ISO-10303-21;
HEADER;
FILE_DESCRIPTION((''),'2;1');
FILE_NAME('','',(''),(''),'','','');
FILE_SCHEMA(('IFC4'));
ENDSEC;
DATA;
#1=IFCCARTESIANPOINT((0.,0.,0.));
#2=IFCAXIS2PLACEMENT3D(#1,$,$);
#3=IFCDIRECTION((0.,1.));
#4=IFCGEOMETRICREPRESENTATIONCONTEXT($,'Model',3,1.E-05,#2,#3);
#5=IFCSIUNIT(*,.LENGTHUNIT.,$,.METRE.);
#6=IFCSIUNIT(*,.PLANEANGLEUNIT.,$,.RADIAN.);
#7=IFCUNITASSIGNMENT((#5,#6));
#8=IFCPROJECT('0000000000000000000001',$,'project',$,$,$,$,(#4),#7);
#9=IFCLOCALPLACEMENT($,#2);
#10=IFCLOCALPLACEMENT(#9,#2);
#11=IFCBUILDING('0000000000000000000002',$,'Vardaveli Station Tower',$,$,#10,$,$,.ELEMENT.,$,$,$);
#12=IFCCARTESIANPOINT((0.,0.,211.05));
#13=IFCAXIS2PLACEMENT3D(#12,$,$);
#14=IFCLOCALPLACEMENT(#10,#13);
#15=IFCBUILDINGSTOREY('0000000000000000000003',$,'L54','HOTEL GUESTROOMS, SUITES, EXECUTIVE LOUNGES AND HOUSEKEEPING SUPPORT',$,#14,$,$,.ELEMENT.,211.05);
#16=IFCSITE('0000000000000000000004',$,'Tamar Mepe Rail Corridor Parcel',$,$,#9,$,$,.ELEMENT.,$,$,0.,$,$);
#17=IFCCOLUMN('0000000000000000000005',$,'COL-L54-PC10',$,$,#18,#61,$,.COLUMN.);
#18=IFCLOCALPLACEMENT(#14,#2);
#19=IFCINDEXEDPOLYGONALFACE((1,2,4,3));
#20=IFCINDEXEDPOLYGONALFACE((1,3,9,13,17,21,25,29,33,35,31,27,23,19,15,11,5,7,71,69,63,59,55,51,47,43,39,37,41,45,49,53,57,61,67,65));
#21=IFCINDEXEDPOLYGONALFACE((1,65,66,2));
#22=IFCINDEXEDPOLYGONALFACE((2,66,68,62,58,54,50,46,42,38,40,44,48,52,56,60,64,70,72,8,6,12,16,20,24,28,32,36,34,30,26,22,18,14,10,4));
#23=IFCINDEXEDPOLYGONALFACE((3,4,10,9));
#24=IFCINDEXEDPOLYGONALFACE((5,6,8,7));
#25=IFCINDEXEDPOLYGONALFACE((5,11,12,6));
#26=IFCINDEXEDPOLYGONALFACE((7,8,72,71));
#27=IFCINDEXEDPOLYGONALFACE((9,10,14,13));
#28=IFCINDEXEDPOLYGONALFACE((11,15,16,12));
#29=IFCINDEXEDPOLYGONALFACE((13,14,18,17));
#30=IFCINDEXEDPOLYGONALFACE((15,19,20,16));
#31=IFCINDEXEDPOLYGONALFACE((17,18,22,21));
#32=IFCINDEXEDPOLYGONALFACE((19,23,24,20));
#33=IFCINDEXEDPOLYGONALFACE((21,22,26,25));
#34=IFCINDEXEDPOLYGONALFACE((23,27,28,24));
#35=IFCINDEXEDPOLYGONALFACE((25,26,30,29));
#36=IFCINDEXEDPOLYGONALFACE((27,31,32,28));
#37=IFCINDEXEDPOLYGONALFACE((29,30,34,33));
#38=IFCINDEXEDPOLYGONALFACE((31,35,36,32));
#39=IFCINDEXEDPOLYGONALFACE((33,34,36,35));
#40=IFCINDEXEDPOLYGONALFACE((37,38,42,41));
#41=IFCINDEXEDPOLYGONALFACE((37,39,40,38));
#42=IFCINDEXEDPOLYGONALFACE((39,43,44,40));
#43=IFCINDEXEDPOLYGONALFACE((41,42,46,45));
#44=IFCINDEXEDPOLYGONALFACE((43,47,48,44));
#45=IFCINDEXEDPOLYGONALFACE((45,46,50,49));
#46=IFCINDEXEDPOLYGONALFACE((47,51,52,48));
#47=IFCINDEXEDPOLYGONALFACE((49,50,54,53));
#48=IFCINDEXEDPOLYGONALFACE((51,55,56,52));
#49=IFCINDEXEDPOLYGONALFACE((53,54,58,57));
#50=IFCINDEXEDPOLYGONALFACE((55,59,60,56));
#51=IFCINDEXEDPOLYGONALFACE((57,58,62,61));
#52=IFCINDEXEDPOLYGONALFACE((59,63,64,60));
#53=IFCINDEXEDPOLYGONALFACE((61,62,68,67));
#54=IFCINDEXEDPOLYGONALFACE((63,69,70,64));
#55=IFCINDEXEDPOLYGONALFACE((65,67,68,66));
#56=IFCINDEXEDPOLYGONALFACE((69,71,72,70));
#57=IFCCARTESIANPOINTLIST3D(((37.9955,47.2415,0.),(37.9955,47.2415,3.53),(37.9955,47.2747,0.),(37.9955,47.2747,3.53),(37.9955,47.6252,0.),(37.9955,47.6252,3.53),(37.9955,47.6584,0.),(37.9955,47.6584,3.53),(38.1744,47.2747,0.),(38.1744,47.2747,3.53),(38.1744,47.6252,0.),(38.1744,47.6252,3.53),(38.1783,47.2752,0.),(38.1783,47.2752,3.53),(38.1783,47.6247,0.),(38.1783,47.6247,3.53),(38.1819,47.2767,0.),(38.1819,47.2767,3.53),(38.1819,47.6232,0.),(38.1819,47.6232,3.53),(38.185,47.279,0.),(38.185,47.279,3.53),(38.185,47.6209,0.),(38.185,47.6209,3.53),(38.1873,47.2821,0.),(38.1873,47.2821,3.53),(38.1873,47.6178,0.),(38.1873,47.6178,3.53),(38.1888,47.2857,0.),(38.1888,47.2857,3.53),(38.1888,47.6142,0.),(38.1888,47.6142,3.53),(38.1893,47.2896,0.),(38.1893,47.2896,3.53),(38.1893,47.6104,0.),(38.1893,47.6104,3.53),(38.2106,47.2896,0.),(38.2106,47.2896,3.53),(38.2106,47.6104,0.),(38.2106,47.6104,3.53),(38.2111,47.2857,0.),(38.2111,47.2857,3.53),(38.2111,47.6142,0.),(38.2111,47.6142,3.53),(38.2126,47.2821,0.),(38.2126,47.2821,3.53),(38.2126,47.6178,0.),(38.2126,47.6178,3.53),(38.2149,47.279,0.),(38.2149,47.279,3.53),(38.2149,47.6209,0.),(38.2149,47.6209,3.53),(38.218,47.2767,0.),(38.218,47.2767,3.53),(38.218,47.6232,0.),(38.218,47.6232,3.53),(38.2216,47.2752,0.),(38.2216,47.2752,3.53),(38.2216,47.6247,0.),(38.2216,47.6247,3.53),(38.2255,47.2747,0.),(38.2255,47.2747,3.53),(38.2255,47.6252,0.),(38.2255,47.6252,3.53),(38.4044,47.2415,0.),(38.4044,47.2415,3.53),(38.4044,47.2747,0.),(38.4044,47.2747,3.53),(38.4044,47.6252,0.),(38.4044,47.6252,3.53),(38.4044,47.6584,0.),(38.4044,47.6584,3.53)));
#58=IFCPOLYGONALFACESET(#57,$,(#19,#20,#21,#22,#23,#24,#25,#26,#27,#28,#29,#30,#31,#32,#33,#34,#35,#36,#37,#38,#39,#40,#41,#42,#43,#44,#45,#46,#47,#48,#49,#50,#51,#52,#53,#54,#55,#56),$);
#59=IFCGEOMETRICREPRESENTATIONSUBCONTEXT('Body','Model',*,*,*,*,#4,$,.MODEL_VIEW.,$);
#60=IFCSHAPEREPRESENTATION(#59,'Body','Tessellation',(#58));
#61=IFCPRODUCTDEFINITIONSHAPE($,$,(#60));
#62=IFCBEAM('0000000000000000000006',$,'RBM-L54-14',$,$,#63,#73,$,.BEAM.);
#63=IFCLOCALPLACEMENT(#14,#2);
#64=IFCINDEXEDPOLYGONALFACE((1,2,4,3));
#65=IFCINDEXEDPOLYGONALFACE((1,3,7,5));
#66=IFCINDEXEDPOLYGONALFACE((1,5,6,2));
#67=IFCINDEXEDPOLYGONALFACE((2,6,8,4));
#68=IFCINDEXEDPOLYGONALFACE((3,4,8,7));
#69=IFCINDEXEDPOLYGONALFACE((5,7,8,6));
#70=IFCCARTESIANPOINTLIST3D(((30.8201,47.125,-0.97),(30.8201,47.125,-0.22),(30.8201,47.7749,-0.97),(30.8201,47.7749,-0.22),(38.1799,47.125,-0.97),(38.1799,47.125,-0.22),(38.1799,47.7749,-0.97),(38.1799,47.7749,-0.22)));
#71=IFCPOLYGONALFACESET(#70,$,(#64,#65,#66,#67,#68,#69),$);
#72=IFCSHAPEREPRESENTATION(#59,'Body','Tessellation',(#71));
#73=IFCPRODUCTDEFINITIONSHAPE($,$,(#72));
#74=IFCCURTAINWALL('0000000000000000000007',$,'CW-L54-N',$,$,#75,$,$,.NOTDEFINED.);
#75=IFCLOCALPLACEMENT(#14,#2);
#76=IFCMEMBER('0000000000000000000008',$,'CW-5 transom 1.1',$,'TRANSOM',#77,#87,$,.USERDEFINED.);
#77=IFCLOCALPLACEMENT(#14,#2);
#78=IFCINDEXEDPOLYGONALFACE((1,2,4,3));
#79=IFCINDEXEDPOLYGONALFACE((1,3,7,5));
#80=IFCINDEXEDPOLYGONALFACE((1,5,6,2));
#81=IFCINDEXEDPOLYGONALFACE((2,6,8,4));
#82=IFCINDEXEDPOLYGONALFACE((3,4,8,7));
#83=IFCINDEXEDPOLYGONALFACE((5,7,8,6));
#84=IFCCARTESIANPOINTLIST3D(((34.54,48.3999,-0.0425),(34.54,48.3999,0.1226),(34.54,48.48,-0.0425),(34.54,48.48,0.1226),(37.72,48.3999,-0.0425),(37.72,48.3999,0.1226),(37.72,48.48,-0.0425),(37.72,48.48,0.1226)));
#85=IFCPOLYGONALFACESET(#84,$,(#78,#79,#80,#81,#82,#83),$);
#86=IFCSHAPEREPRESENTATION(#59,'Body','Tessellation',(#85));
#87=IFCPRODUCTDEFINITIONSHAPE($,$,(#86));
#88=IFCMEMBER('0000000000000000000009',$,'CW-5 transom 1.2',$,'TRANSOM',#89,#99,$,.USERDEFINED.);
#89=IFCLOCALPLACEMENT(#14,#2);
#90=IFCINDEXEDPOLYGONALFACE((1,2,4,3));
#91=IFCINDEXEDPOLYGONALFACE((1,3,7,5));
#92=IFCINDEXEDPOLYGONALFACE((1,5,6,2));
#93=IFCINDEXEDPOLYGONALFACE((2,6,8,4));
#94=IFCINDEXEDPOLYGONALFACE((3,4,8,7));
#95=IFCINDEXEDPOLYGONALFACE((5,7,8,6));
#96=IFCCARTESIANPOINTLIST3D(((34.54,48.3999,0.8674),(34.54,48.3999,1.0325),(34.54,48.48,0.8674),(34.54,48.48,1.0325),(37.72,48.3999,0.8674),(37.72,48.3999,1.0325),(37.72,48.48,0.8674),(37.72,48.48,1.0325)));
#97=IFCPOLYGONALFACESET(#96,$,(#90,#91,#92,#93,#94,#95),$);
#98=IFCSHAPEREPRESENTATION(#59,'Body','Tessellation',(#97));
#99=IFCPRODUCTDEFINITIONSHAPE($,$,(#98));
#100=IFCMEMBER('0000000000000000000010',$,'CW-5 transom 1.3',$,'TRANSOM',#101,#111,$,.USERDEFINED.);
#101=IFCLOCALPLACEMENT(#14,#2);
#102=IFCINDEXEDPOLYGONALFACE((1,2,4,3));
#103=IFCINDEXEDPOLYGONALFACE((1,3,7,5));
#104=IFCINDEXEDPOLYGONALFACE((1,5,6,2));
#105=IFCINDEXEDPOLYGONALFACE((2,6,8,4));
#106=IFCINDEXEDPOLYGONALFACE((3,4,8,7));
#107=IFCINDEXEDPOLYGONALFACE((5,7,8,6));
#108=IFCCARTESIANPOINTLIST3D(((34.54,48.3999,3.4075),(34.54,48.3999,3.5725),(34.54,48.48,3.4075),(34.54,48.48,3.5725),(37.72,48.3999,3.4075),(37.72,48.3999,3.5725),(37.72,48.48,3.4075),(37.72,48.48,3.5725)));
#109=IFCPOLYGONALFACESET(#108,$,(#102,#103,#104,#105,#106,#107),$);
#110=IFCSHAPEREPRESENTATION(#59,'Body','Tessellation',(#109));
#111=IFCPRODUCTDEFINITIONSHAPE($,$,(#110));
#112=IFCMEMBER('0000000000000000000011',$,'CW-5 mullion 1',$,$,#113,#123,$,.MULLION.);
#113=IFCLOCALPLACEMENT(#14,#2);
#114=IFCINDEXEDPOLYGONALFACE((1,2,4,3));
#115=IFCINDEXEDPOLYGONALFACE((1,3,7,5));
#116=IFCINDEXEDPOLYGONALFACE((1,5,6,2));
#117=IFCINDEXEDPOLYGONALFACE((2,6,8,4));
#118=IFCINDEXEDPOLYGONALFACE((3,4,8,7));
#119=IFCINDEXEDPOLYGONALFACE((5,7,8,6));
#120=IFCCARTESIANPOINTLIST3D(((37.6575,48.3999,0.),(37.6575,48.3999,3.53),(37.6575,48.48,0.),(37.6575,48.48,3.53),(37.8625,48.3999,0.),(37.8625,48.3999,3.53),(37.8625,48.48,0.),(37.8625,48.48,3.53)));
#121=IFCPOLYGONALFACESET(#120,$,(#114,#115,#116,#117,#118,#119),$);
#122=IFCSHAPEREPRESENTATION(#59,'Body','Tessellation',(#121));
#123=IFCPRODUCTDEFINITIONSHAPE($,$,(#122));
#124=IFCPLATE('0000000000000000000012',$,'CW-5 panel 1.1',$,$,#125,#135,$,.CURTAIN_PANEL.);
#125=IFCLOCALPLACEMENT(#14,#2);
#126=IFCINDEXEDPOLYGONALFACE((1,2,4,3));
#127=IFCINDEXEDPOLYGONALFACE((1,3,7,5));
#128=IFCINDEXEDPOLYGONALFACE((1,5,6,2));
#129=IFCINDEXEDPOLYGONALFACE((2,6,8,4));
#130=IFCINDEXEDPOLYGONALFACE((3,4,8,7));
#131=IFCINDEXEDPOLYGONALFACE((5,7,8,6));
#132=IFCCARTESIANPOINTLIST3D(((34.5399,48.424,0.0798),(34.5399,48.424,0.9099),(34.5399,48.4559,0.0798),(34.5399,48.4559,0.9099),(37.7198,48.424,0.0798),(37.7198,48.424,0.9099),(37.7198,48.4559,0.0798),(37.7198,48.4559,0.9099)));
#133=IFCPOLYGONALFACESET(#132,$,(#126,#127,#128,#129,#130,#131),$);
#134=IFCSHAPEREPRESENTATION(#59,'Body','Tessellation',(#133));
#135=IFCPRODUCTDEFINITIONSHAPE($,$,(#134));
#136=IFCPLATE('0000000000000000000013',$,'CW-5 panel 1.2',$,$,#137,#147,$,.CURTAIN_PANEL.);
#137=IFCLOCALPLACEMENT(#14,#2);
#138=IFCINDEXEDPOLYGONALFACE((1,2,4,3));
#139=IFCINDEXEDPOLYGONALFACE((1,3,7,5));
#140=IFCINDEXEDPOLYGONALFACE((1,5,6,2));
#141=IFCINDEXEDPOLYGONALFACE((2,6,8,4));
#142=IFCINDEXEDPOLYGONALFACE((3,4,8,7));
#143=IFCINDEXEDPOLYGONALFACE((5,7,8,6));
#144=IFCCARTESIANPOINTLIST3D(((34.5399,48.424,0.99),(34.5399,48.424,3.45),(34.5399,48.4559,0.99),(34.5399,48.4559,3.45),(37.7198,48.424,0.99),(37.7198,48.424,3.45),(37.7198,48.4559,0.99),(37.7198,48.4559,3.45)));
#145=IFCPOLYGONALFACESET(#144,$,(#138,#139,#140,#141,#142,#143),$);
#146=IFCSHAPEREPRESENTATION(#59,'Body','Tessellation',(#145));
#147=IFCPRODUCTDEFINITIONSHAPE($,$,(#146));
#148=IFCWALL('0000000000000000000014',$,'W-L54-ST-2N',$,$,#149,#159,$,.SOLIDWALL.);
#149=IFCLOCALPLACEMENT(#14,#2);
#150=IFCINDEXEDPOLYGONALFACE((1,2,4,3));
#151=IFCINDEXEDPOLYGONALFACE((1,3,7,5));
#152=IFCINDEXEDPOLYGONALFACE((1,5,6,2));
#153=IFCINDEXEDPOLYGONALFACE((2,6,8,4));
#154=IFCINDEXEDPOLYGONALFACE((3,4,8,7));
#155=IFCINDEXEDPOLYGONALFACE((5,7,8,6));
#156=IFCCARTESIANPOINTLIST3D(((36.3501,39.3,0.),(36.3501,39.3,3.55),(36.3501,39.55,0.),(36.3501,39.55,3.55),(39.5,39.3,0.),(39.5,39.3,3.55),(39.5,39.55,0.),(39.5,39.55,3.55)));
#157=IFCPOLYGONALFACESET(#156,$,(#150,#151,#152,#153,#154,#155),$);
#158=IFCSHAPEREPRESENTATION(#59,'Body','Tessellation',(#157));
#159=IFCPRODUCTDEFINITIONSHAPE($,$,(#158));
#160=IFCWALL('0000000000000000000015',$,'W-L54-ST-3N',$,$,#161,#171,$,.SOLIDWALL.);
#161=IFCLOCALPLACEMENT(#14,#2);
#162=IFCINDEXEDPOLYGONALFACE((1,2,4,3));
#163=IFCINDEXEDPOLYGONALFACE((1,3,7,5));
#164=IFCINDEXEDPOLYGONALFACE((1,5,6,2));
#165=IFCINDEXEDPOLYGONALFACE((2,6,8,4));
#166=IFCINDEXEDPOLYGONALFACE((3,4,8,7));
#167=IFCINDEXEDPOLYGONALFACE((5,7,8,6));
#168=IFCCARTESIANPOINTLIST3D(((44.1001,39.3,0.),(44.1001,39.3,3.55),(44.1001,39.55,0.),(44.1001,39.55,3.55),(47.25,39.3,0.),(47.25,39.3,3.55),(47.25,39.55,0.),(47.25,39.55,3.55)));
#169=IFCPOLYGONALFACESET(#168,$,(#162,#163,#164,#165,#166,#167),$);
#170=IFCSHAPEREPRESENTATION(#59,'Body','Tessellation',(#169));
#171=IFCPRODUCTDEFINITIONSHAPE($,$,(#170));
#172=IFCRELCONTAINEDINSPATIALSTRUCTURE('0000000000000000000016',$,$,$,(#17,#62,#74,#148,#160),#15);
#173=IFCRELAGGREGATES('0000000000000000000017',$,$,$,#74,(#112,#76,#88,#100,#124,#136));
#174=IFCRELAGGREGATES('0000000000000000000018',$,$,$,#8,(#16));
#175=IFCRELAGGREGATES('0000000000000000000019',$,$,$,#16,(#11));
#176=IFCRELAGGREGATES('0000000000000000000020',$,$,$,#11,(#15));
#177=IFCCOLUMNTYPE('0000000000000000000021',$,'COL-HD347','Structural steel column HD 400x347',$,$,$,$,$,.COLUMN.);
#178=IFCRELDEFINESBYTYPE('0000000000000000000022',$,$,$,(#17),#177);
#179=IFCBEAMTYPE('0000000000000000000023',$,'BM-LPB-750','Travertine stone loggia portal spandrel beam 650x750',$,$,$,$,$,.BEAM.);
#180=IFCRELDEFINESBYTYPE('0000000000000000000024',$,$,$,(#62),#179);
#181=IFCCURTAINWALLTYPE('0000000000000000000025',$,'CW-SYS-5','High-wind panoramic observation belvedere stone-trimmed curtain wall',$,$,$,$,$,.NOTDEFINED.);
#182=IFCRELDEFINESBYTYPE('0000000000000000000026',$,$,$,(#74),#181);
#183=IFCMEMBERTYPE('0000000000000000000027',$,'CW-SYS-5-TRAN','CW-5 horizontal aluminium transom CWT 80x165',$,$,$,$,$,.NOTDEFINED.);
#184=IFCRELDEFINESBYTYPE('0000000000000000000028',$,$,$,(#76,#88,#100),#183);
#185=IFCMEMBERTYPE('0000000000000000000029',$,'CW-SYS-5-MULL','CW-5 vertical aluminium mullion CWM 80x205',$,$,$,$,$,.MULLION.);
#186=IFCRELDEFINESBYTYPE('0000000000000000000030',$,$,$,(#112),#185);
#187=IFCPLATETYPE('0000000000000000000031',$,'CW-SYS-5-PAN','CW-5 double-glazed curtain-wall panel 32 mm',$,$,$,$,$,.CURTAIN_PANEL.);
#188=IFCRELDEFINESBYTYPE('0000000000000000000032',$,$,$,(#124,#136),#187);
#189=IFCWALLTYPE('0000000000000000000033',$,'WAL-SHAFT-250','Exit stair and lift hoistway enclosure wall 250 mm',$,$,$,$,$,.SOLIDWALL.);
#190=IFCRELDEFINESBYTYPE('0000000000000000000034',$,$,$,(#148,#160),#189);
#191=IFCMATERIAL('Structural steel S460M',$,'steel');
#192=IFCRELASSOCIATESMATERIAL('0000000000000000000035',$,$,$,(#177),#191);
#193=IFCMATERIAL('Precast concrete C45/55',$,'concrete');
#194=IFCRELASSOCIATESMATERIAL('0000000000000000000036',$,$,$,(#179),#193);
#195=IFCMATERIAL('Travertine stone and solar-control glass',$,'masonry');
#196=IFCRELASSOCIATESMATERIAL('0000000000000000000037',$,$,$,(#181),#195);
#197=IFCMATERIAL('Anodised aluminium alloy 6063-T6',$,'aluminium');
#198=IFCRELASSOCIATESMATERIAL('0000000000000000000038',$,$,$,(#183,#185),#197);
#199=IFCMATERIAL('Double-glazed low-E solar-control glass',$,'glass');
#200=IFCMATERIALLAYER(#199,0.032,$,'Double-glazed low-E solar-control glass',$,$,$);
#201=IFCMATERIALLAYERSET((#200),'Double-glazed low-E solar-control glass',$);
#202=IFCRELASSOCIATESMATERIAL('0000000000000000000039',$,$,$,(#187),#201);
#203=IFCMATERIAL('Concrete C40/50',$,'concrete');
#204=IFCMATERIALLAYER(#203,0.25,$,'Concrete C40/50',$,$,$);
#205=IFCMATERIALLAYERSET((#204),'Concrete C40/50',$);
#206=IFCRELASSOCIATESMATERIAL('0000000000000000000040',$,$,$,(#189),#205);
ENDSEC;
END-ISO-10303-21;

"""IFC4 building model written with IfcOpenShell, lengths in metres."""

from ifc_helpers import new_model, si_unit, direction, frame, frame_2d, origin, origin_2d, place, context, subcontext, project, spatial, rectangle, i_section, extrude, source, transform, mapped, material, layer, layer_set, material_profile, profile_set, type_object, element, aggregate, save


model = new_model("IFC4")

# Units and contexts
model_context = context("Model", 3, precision=1e-05, world=origin(), true_north=direction((0.0, 1.0)))
body_context = subcontext(model_context, "Body", "Model", "MODEL_VIEW")
ifc_project = project(units=[si_unit("LENGTHUNIT", "METRE"), si_unit("PLANEANGLEUNIT", "RADIAN")], contexts=[model_context])

# Site, building, storey
site_placement = place(None, origin())
site = spatial("IfcSite", under=ifc_project, at=site_placement, Name="Tamar Mepe Rail Corridor Parcel", CompositionType="ELEMENT", RefElevation=0.0)
building_placement = place(site_placement, origin())
building = spatial("IfcBuilding", under=site, at=building_placement, Name="Vardaveli Station Tower", CompositionType="ELEMENT")
storey_placement = place(building_placement, frame((0.0, 0.0, 211.05)))
storey = spatial("IfcBuildingStorey", under=building, at=storey_placement, Name="L54", Description="HOTEL GUESTROOMS, SUITES, EXECUTIVE LOUNGES AND HOUSEKEEPING SUPPORT", CompositionType="ELEMENT", Elevation=211.05)

# Column
ifc_material_1 = material(Name="Structural steel S460M", Category="steel")
ifc_material_profile_1 = material_profile(ifc_material_1, i_section(OverallWidth=0.4089, OverallDepth=0.417, WebThickness=0.0212, FlangeThickness=0.0332, FilletRadius=0.0149, at=origin_2d()), Name="HD 400x347")
ifc_profile_set_1 = profile_set([ifc_material_profile_1], Name="Structural steel S460M")
column_type = type_object("IfcColumnType", Name="COL-HD347", Description="Structural steel column HD 400x347", PredefinedType="COLUMN", material=ifc_profile_set_1)
shared_shape_1 = source(origin(), body_context, "Body", "SweptSolid", [
    extrude(i_section(OverallWidth=0.4089, OverallDepth=0.417, WebThickness=0.0212, FlangeThickness=0.0332, FilletRadius=0.0149, at=origin_2d()), origin(), (0.0, 0.0, 1.0), 3.53),
])
column_placement = place(storey_placement, frame((38.2, 47.45, 0.0), z_axis=(0.0, 0.0, 1.0), x_axis=(1.0, 0.0, 0.0)))
element("IfcColumn", 1, at=column_placement, inside=storey, type_object=column_type, Name="COL-L54-PC10", PredefinedType="COLUMN", context=body_context, shape_type="MappedRepresentation", body=[
    mapped(shared_shape_1, transform((0.0, 0.0, 0.0), scale=1.0)),
])

# Beam
ifc_material_2 = material(Name="Precast concrete C45/55", Category="concrete")
ifc_material_profile_2 = material_profile(ifc_material_2, rectangle(XDim=0.6499, YDim=0.75, at=origin_2d()), Name="LPB 650x750")
ifc_profile_set_2 = profile_set([ifc_material_profile_2], Name="Precast concrete C45/55")
beam_type = type_object("IfcBeamType", Name="BM-LPB-750", Description="Travertine stone loggia portal spandrel beam 650x750", PredefinedType="BEAM", material=ifc_profile_set_2)
shared_shape_2 = source(origin(), body_context, "Body", "SweptSolid", [
    extrude(rectangle(XDim=0.6499, YDim=0.75, at=origin_2d()), origin(), (0.0, 0.0, 1.0), 7.3599),
])
beam_placement = place(storey_placement, frame((38.1799, 47.45, -0.595), z_axis=(-1.0, 0.0, 0.0), x_axis=(0.0, -1.0, 0.0)))
element("IfcBeam", 2, at=beam_placement, inside=storey, type_object=beam_type, Name="RBM-L54-14", PredefinedType="BEAM", context=body_context, shape_type="MappedRepresentation", body=[
    mapped(shared_shape_2, transform((0.0, 0.0, 0.0), scale=1.0)),
])

# Curtain wall, members, plates
ifc_material_3 = material(Name="Travertine stone and solar-control glass", Category="masonry")
curtain_wall_type = type_object("IfcCurtainWallType", Name="CW-SYS-5", Description="High-wind panoramic observation belvedere stone-trimmed curtain wall", PredefinedType="NOTDEFINED", material=ifc_material_3)
curtain_wall_placement = place(storey_placement, origin())
curtain_wall = element("IfcCurtainWall", 3, at=curtain_wall_placement, inside=storey, type_object=curtain_wall_type, Name="CW-L54-N", PredefinedType="NOTDEFINED")
ifc_material_4 = material(Name="Anodised aluminium alloy 6063-T6", Category="aluminium")
ifc_material_profile_3 = material_profile(ifc_material_4, rectangle(XDim=0.0801, YDim=0.165, at=origin_2d()), Name="CWT 80x165")
ifc_profile_set_3 = profile_set([ifc_material_profile_3], Name="Anodised aluminium alloy 6063-T6")
member_type_1 = type_object("IfcMemberType", Name="CW-SYS-5-TRAN", Description="CW-5 horizontal aluminium transom CWT 80x165", PredefinedType="NOTDEFINED", material=ifc_profile_set_3)
shared_shape_3 = source(origin(), body_context, "Body", "SweptSolid", [
    extrude(rectangle(XDim=0.0801, YDim=0.165, at=origin_2d()), origin(), (0.0, 0.0, 1.0), 3.1799),
])
member_1_placement = place(storey_placement, frame((37.72, 48.4399, 0.04), z_axis=(-1.0, 0.0, 0.0), x_axis=(0.0, -1.0, 0.0)))
member_1 = element("IfcMember", 4, at=member_1_placement, type_object=member_type_1, Name="CW-5 transom 1.1", ObjectType="TRANSOM", PredefinedType="USERDEFINED", context=body_context, shape_type="MappedRepresentation", body=[
    mapped(shared_shape_3, transform((0.0, 0.0, 0.0), scale=1.0)),
])
member_2_placement = place(storey_placement, frame((37.72, 48.4399, 0.95), z_axis=(-1.0, 0.0, 0.0), x_axis=(0.0, -1.0, 0.0)))
member_2 = element("IfcMember", 5, at=member_2_placement, type_object=member_type_1, Name="CW-5 transom 1.2", ObjectType="TRANSOM", PredefinedType="USERDEFINED", context=body_context, shape_type="MappedRepresentation", body=[
    mapped(shared_shape_3, transform((0.0, 0.0, 0.0), scale=1.0)),
])
member_3_placement = place(storey_placement, frame((37.72, 48.4399, 3.49), z_axis=(-1.0, 0.0, 0.0), x_axis=(0.0, -1.0, 0.0)))
member_3 = element("IfcMember", 6, at=member_3_placement, type_object=member_type_1, Name="CW-5 transom 1.3", ObjectType="TRANSOM", PredefinedType="USERDEFINED", context=body_context, shape_type="MappedRepresentation", body=[
    mapped(shared_shape_3, transform((0.0, 0.0, 0.0), scale=1.0)),
])
ifc_material_profile_4 = material_profile(ifc_material_4, rectangle(XDim=0.0801, YDim=0.2051, at=origin_2d()), Name="CWM 80x205")
ifc_profile_set_4 = profile_set([ifc_material_profile_4], Name="Anodised aluminium alloy 6063-T6")
member_type_2 = type_object("IfcMemberType", Name="CW-SYS-5-MULL", Description="CW-5 vertical aluminium mullion CWM 80x205", PredefinedType="MULLION", material=ifc_profile_set_4)
shared_shape_4 = source(origin(), body_context, "Body", "SweptSolid", [
    extrude(rectangle(XDim=0.0801, YDim=0.2051, at=origin_2d()), origin(), (0.0, 0.0, 1.0), 3.53),
])
member_4_placement = place(storey_placement, frame((37.76, 48.4399, 0.0), z_axis=(0.0, 0.0, 1.0), x_axis=(0.0, -1.0, 0.0)))
member_4 = element("IfcMember", 7, at=member_4_placement, type_object=member_type_2, Name="CW-5 mullion 1", PredefinedType="MULLION", context=body_context, shape_type="MappedRepresentation", body=[
    mapped(shared_shape_4, transform((0.0, 0.0, 0.0), scale=1.0)),
])
ifc_material_5 = material(Name="Double-glazed low-E solar-control glass", Category="glass")
ifc_layer_1 = layer(ifc_material_5, 0.032, Name="Double-glazed low-E solar-control glass")
ifc_layer_set_1 = layer_set([ifc_layer_1], Name="Double-glazed low-E solar-control glass")
plate_type = type_object("IfcPlateType", Name="CW-SYS-5-PAN", Description="CW-5 double-glazed curtain-wall panel 32 mm", PredefinedType="CURTAIN_PANEL", material=ifc_layer_set_1)
shared_shape_5 = source(origin(), body_context, "Body", "SweptSolid", [
    extrude(rectangle(XDim=3.1799, YDim=0.032, at=origin_2d()), origin(), (0.0, 0.0, 1.0), 0.8301),
])
plate_1_placement = place(storey_placement, frame((36.1299, 48.4399, 0.0798), z_axis=(0.0, 0.0, 1.0), x_axis=(-1.0, 0.0, 0.0)))
plate_1 = element("IfcPlate", 8, at=plate_1_placement, type_object=plate_type, Name="CW-5 panel 1.1", PredefinedType="CURTAIN_PANEL", context=body_context, shape_type="MappedRepresentation", body=[
    mapped(shared_shape_5, transform((0.0, 0.0, 0.0), scale=1.0)),
])
shared_shape_6 = source(origin(), body_context, "Body", "SweptSolid", [
    extrude(rectangle(XDim=3.1799, YDim=0.032, at=origin_2d()), origin(), (0.0, 0.0, 1.0), 2.46),
])
plate_2_placement = place(storey_placement, frame((36.1299, 48.4399, 0.99), z_axis=(0.0, 0.0, 1.0), x_axis=(-1.0, 0.0, 0.0)))
plate_2 = element("IfcPlate", 9, at=plate_2_placement, type_object=plate_type, Name="CW-5 panel 1.2", PredefinedType="CURTAIN_PANEL", context=body_context, shape_type="MappedRepresentation", body=[
    mapped(shared_shape_6, transform((0.0, 0.0, 0.0), scale=1.0)),
])
aggregate(curtain_wall, [member_4, member_1, member_2, member_3, plate_1, plate_2])

# Walls
ifc_material_6 = material(Name="Concrete C40/50", Category="concrete")
ifc_layer_2 = layer(ifc_material_6, 0.25, Name="Concrete C40/50")
ifc_layer_set_2 = layer_set([ifc_layer_2], Name="Concrete C40/50")
wall_type = type_object("IfcWallType", Name="WAL-SHAFT-250", Description="Exit stair and lift hoistway enclosure wall 250 mm", PredefinedType="SOLIDWALL", material=ifc_layer_set_2)
shared_shape_7 = source(origin(), body_context, "Body", "SweptSolid", [
    extrude(rectangle(XDim=3.1499, YDim=0.25, at=frame_2d((1.575, 0.0))), origin(), (0.0, 0.0, 1.0), 3.55),
])
for number, where, z_axis, x_axis, name in (
    (10, (36.3501, 39.425, 0.0), (0.0, 0.0, 1.0), (1.0, 0.0, 0.0), "W-L54-ST-2N"),
    (11, (44.1001, 39.425, 0.0), (0.0, 0.0, 1.0), (1.0, 0.0, 0.0), "W-L54-ST-3N"),
):
    element("IfcWall", number, at=place(storey_placement, frame(where, z_axis=z_axis, x_axis=x_axis)), inside=storey, type_object=wall_type, Name=name, PredefinedType="SOLIDWALL", context=body_context, shape_type="MappedRepresentation", body=[
        mapped(shared_shape_7, transform((0.0, 0.0, 0.0), scale=1.0)),
    ])

save(model, "model.ifc")
